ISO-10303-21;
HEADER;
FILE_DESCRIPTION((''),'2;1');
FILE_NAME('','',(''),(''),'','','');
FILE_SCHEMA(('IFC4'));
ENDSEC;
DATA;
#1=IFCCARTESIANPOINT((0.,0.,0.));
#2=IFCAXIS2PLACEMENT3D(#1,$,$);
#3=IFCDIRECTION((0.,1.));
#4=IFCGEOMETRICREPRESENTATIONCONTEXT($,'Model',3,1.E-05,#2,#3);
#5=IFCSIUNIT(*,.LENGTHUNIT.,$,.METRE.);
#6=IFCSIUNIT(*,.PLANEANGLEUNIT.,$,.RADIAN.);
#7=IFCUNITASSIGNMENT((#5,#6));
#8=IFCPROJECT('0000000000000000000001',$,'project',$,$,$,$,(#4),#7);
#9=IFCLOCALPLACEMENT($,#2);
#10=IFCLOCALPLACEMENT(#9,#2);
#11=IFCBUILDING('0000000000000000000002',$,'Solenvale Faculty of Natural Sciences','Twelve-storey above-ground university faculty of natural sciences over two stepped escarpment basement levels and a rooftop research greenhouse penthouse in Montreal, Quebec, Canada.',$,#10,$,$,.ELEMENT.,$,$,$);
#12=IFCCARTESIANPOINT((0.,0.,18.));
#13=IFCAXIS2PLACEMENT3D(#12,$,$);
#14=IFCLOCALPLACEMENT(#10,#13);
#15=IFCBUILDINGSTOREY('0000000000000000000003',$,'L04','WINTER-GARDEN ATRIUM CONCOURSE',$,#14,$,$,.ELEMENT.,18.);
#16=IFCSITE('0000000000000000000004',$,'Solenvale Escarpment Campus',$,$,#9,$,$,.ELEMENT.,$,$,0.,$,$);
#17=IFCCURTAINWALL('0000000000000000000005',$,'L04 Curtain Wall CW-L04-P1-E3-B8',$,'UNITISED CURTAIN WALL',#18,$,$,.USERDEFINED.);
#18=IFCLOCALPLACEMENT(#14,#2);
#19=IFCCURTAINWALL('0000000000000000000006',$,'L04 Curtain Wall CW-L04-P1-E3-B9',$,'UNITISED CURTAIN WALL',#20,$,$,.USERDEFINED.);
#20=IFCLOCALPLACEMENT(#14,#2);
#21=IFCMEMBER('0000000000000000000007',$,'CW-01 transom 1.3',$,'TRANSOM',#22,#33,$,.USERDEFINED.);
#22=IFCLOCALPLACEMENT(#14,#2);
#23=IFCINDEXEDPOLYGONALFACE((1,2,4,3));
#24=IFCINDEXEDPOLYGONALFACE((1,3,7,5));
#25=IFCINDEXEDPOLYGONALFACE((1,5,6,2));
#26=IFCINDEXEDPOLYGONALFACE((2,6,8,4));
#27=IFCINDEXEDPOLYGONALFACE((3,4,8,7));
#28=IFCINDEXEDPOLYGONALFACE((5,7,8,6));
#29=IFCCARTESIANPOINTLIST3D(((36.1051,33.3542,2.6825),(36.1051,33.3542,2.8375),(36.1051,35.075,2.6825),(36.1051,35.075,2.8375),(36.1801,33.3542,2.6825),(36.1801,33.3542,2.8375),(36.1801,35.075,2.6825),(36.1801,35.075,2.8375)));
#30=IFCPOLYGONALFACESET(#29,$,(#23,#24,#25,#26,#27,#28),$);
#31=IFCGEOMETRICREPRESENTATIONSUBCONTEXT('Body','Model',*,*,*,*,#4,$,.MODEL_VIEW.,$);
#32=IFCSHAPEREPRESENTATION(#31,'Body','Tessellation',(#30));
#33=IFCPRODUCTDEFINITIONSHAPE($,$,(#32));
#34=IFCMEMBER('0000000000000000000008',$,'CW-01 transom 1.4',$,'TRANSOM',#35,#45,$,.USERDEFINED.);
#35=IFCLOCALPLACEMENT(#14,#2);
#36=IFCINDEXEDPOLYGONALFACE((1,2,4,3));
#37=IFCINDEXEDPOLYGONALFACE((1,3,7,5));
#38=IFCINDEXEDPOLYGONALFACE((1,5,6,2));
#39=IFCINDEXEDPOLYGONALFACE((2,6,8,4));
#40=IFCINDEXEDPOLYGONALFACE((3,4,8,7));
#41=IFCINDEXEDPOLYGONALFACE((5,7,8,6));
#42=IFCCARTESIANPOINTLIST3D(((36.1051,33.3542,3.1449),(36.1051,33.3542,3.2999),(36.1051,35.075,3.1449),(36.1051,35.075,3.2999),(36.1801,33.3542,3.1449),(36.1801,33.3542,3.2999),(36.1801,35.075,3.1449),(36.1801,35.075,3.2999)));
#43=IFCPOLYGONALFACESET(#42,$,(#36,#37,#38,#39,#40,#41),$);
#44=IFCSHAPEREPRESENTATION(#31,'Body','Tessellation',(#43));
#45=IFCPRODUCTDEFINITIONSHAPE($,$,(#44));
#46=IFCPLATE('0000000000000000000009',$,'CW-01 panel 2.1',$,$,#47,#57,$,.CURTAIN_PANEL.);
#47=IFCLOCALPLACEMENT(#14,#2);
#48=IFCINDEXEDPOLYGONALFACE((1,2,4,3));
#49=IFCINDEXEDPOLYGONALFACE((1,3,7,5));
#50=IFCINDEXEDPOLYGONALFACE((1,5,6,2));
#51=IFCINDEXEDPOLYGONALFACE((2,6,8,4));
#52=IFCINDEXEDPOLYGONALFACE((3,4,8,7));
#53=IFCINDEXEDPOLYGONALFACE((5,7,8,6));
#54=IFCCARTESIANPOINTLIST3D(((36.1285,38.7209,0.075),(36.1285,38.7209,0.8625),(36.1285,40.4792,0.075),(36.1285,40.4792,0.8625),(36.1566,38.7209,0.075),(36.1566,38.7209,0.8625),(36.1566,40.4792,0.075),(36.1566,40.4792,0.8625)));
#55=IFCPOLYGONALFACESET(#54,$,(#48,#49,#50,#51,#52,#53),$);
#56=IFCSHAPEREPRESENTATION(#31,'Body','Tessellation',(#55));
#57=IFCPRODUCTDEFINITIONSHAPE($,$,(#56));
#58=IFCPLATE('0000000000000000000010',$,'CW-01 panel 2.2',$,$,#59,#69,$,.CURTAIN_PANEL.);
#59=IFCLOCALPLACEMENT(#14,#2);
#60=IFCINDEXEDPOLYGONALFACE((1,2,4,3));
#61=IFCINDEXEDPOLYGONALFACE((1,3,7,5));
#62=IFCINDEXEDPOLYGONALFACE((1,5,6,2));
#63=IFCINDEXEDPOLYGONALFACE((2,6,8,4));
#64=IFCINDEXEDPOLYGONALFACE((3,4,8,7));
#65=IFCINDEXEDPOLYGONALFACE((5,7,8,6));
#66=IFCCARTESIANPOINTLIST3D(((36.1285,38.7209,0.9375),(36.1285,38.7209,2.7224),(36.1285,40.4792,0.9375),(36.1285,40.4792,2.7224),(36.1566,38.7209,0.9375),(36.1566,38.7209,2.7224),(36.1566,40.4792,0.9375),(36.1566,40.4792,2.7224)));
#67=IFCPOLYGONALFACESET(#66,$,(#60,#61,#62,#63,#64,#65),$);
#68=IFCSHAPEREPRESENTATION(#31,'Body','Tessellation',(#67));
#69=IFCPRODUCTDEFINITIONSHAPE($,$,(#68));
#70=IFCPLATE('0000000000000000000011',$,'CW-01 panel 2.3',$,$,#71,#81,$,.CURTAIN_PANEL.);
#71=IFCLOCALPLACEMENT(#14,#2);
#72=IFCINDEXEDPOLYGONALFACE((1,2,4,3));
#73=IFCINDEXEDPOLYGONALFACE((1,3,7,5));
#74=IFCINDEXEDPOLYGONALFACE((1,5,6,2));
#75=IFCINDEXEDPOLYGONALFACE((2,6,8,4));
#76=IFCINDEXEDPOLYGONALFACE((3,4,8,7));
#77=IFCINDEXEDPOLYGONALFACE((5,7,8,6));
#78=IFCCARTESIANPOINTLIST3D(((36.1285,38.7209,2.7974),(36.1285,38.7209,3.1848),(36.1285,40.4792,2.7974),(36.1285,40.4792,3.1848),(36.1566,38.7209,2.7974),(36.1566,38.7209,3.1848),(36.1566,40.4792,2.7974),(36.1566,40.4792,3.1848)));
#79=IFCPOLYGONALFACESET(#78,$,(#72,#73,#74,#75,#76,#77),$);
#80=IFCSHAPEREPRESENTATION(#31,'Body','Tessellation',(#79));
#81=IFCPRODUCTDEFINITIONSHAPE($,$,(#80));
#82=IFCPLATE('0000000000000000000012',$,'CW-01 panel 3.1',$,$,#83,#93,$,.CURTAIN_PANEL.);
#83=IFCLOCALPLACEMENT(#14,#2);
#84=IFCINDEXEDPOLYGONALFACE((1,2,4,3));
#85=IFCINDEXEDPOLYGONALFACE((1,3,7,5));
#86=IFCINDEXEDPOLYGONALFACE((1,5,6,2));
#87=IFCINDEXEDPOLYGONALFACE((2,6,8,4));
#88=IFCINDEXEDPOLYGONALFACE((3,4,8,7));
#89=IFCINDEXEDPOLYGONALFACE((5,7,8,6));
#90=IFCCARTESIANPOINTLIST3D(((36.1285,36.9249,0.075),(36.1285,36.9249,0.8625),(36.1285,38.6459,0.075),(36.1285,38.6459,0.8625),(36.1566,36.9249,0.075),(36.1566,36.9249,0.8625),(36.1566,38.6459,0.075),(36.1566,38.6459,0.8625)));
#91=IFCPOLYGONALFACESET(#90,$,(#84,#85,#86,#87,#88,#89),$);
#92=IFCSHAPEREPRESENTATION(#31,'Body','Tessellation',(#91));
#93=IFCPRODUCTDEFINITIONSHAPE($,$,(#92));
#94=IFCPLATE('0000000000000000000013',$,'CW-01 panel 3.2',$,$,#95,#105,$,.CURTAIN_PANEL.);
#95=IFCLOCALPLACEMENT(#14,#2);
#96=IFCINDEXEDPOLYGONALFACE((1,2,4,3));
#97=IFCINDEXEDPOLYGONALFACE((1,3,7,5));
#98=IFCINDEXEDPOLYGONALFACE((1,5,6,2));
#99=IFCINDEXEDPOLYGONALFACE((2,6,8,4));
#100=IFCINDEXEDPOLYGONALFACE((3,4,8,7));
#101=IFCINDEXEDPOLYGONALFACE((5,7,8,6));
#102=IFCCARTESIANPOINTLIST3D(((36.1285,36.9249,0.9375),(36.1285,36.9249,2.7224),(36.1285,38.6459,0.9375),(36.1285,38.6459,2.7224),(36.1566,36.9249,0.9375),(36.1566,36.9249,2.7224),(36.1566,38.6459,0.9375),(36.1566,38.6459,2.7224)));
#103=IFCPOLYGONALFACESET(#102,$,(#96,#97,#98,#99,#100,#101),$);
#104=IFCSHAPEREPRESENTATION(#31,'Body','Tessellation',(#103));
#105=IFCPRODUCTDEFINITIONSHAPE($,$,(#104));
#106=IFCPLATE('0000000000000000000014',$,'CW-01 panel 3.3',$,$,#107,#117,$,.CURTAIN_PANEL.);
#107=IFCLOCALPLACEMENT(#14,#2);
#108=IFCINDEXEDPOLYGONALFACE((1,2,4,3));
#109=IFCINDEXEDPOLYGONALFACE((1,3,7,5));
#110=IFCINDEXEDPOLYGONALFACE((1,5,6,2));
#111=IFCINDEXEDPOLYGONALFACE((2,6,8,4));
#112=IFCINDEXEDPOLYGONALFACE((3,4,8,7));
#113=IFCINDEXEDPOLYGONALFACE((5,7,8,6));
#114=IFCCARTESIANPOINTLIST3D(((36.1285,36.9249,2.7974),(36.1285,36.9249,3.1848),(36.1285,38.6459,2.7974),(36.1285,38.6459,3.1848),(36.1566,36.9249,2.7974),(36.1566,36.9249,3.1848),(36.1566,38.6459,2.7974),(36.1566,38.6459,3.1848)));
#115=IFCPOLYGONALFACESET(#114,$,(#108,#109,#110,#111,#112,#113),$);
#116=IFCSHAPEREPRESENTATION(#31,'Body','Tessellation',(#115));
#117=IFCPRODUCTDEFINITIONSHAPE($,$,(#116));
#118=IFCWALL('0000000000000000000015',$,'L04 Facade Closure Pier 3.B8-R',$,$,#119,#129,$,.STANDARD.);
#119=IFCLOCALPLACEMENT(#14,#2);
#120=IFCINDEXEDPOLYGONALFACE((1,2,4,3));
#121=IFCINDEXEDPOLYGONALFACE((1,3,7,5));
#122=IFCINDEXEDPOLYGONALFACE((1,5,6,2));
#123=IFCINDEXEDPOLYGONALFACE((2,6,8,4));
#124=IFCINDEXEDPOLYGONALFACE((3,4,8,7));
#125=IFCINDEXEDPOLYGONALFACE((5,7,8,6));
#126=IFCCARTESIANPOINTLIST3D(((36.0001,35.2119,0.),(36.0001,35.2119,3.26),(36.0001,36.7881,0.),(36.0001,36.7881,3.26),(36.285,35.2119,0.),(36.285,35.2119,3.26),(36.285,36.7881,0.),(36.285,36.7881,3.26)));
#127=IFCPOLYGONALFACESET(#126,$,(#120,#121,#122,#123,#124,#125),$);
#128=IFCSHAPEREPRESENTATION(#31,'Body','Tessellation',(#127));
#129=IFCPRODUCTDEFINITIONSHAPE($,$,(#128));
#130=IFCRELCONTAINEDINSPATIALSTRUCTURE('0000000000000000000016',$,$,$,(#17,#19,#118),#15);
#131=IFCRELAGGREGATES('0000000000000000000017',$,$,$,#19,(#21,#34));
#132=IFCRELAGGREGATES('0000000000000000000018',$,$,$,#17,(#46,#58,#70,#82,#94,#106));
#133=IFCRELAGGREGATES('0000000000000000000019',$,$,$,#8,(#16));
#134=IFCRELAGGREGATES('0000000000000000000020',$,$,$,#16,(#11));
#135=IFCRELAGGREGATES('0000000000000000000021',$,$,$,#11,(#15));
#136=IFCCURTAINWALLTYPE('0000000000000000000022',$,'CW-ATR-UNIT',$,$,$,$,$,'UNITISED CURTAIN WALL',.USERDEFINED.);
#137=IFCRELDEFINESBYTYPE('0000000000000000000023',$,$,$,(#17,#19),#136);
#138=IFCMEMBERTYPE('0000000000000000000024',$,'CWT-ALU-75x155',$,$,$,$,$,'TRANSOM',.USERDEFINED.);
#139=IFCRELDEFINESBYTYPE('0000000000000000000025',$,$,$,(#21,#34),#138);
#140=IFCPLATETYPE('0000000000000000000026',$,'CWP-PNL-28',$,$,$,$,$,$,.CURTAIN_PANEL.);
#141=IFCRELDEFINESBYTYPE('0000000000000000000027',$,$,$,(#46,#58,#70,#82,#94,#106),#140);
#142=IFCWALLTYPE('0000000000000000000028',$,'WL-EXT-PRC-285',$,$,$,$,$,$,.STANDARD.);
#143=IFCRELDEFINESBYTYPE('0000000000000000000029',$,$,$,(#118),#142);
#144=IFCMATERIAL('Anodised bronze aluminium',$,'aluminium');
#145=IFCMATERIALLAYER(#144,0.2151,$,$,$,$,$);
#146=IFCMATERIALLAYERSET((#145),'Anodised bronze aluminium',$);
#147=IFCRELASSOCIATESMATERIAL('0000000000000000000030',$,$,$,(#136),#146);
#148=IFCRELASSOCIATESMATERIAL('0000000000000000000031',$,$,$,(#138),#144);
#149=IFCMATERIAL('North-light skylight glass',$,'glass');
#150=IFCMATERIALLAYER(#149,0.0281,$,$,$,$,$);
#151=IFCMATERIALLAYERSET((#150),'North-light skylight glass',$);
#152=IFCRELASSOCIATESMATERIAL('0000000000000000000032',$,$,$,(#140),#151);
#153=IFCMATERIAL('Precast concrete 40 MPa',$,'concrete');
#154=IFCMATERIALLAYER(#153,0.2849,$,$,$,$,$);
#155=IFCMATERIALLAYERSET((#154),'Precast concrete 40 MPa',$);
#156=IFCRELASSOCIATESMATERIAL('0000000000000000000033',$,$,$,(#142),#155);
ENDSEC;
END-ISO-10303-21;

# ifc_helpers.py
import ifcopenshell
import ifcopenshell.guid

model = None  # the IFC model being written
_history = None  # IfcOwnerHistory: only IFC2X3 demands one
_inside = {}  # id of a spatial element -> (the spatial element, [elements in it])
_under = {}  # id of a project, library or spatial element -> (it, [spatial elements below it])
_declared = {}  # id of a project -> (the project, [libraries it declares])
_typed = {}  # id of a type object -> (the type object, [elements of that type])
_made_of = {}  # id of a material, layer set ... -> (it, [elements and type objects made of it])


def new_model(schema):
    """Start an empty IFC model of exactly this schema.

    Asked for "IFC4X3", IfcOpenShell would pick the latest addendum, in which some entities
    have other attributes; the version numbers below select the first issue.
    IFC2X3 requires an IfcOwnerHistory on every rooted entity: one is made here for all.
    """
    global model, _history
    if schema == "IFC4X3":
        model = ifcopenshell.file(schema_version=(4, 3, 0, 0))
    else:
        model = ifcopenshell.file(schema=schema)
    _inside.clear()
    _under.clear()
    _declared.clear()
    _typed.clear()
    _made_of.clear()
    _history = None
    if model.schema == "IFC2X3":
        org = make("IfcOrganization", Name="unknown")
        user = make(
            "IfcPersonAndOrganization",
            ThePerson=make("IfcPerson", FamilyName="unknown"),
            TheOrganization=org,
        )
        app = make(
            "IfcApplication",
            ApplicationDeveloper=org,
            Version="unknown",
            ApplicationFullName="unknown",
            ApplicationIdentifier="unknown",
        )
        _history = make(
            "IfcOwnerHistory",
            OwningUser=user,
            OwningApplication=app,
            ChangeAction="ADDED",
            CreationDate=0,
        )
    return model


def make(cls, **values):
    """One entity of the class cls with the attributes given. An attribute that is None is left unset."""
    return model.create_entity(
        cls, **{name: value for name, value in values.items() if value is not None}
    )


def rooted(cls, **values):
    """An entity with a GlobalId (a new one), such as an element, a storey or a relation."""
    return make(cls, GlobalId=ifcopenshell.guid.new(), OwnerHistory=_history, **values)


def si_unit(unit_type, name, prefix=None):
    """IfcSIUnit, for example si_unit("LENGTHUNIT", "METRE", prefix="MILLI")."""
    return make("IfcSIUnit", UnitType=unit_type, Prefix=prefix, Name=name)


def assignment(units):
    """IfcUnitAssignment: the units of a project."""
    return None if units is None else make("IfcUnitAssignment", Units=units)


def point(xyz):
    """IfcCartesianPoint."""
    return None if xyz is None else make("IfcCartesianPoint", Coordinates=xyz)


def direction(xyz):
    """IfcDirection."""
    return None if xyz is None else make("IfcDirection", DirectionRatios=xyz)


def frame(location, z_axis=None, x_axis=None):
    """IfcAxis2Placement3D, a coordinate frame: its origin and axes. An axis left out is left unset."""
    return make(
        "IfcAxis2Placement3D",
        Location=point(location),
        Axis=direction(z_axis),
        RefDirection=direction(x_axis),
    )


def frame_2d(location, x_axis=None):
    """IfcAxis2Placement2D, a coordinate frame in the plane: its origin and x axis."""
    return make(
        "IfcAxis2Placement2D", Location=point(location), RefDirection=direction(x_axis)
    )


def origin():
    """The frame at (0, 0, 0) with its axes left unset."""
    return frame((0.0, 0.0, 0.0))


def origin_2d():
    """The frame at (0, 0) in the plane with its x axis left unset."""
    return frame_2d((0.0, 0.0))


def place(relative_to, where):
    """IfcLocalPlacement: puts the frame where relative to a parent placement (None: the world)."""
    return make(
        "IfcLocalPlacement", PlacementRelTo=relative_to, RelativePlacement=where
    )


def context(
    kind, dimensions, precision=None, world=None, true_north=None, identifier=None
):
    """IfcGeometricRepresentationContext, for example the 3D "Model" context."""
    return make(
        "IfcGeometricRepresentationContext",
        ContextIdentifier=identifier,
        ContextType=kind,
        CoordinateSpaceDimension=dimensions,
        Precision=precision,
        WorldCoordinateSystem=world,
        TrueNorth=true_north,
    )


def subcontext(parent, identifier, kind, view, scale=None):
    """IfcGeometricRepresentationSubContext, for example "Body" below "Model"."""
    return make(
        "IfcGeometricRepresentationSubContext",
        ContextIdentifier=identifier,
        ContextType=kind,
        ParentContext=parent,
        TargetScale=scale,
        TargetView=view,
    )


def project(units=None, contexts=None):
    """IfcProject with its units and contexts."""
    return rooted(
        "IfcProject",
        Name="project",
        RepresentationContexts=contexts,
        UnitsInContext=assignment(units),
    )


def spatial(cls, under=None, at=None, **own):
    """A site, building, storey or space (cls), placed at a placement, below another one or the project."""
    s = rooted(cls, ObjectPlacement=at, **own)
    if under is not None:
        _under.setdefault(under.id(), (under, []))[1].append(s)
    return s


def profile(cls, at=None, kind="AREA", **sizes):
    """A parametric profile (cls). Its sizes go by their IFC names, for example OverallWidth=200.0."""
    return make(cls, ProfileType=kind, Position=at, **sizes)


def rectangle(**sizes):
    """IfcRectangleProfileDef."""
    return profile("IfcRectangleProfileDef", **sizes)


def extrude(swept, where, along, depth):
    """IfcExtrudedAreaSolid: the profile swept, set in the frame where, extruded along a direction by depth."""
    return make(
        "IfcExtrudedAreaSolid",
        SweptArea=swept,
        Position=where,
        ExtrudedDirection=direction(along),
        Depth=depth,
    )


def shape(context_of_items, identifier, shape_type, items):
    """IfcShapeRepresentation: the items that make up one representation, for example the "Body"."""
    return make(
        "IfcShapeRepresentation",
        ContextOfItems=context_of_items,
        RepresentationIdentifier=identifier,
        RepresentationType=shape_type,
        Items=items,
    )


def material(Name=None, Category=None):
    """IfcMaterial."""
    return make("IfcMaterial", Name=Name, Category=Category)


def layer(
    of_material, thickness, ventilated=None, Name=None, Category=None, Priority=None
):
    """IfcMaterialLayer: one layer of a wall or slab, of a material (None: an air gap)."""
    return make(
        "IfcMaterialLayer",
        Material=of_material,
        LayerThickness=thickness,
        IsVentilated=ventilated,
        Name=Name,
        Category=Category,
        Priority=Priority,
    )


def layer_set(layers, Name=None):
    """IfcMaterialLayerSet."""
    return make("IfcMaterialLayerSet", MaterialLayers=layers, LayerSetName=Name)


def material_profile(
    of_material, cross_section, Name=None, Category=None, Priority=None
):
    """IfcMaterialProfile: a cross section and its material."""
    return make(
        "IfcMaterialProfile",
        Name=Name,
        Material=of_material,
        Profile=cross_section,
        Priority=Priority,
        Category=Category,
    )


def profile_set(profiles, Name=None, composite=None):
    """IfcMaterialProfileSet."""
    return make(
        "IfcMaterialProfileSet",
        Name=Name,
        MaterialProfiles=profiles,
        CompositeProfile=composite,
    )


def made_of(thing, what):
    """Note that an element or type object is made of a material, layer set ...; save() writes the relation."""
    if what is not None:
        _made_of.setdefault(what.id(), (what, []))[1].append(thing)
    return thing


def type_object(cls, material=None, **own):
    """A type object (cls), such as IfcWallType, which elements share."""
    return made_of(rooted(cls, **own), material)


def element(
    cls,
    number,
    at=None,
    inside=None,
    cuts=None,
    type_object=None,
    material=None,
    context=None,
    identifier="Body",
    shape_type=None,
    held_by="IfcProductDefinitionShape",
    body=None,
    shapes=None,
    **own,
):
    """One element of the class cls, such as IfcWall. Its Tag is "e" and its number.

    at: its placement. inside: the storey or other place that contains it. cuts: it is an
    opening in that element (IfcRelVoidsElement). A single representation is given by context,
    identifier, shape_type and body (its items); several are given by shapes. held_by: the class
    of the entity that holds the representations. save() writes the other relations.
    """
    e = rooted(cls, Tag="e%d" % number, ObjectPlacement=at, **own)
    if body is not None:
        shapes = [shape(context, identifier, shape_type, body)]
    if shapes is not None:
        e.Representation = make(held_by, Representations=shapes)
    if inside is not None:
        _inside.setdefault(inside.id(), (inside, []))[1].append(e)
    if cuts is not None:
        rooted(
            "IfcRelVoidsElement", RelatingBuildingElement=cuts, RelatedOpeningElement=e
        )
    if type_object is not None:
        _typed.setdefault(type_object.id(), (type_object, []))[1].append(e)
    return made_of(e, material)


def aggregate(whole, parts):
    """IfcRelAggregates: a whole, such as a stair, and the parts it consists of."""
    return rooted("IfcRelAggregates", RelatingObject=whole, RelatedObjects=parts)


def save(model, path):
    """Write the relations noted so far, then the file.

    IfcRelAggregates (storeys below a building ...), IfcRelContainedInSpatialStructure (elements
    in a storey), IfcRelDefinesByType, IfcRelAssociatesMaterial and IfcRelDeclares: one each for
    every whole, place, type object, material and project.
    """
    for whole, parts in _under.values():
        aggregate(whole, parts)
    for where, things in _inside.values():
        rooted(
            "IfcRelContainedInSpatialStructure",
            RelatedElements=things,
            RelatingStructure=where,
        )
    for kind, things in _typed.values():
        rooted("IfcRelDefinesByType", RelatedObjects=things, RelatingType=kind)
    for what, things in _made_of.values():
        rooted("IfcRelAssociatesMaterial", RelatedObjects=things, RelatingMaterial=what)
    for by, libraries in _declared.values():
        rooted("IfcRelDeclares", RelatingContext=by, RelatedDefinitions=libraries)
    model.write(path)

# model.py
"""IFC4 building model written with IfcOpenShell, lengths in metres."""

from ifc_helpers import new_model, si_unit, direction, frame, frame_2d, origin, origin_2d, place, context, subcontext, project, spatial, rectangle, extrude, material, layer, layer_set, material_profile, profile_set, type_object, element, aggregate, save


model = new_model("IFC4")

# Units and contexts
model_context = context("Model", 3, precision=1e-05, world=origin(), true_north=direction((0.0, 1.0)))
body_context = subcontext(model_context, "Body", "Model", "MODEL_VIEW")
ifc_project = project(units=[si_unit("LENGTHUNIT", "METRE"), si_unit("PLANEANGLEUNIT", "RADIAN")], contexts=[model_context])

# Site, building, storey
site_placement = place(None, origin())
site = spatial("IfcSite", under=ifc_project, at=site_placement, Name="Solenvale Escarpment Campus", CompositionType="ELEMENT", RefElevation=0.0)
building_placement = place(site_placement, origin())
building = spatial("IfcBuilding", under=site, at=building_placement, Name="Solenvale Faculty of Natural Sciences", Description="Twelve-storey above-ground university faculty of natural sciences over two stepped escarpment basement levels and a rooftop research greenhouse penthouse in Montreal, Quebec, Canada.", CompositionType="ELEMENT")
storey_placement = place(building_placement, frame((0.0, 0.0, 18.0)))
storey = spatial("IfcBuildingStorey", under=building, at=storey_placement, Name="L04", Description="WINTER-GARDEN ATRIUM CONCOURSE", CompositionType="ELEMENT", Elevation=18.0)

# Curtain wall
ifc_material_1 = material(Name="Anodised bronze aluminium", Category="aluminium")
ifc_layer_1 = layer(ifc_material_1, 0.2151)
ifc_layer_set_1 = layer_set([ifc_layer_1], Name="Anodised bronze aluminium")
curtain_wall_type = type_object("IfcCurtainWallType", Name="CW-ATR-UNIT", ElementType="UNITISED CURTAIN WALL", PredefinedType="USERDEFINED", material=ifc_layer_set_1)
curtain_wall_1_placement = place(storey_placement, origin())
curtain_wall_1 = element("IfcCurtainWall", 1, at=curtain_wall_1_placement, inside=storey, type_object=curtain_wall_type, Name="L04 Curtain Wall CW-L04-P1-E3-B8", ObjectType="UNITISED CURTAIN WALL", PredefinedType="USERDEFINED")

# Curtain wall
curtain_wall_2_placement = place(storey_placement, origin())
curtain_wall_2 = element("IfcCurtainWall", 2, at=curtain_wall_2_placement, inside=storey, type_object=curtain_wall_type, Name="L04 Curtain Wall CW-L04-P1-E3-B9", ObjectType="UNITISED CURTAIN WALL", PredefinedType="USERDEFINED")

# Members
ifc_material_profile_1 = material_profile(ifc_material_1, rectangle(XDim=0.075, YDim=0.155, at=origin_2d()), Name="ALU-TRN-75x155")
ifc_profile_set_1 = profile_set([ifc_material_profile_1], Name="Anodised bronze aluminium")
member_type_1 = type_object("IfcMemberType", Name="CWT-ALU-75x155", ElementType="TRANSOM", PredefinedType="USERDEFINED", material=ifc_profile_set_1)
member_1_placement = place(storey_placement, frame((36.1426, 35.075, 2.76), z_axis=(0.0, -1.0, 0.0), x_axis=(1.0, 0.0, 0.0)))
member_1 = element("IfcMember", 3, at=member_1_placement, type_object=member_type_1, Name="CW-01 transom 1.3", ObjectType="TRANSOM", PredefinedType="USERDEFINED", context=body_context, shape_type="SweptSolid", body=[
    extrude(rectangle(XDim=0.075, YDim=0.155, at=origin_2d()), origin(), (0.0, 0.0, 1.0), 1.7207),
])
member_2_placement = place(storey_placement, frame((36.1426, 35.075, 3.2224), z_axis=(0.0, -1.0, 0.0), x_axis=(1.0, 0.0, 0.0)))
member_2 = element("IfcMember", 4, at=member_2_placement, type_object=member_type_1, Name="CW-01 transom 1.4", ObjectType="TRANSOM", PredefinedType="USERDEFINED", context=body_context, shape_type="SweptSolid", body=[
    extrude(rectangle(XDim=0.075, YDim=0.155, at=origin_2d()), origin(), (0.0, 0.0, 1.0), 1.7207),
])
aggregate(curtain_wall_2, [member_1, member_2])

# Plates
ifc_material_2 = material(Name="North-light skylight glass", Category="glass")
ifc_layer_2 = layer(ifc_material_2, 0.0281)
ifc_layer_set_2 = layer_set([ifc_layer_2], Name="North-light skylight glass")
plate_type = type_object("IfcPlateType", Name="CWP-PNL-28", PredefinedType="CURTAIN_PANEL", material=ifc_layer_set_2)
plate_1_placement = place(storey_placement, frame((36.1426, 39.6001, 0.075), z_axis=(0.0, 0.0, 1.0), x_axis=(0.0, -1.0, 0.0)))
plate_1 = element("IfcPlate", 5, at=plate_1_placement, type_object=plate_type, Name="CW-01 panel 2.1", PredefinedType="CURTAIN_PANEL", context=body_context, shape_type="SweptSolid", body=[
    extrude(rectangle(XDim=1.7583, YDim=0.0281, at=origin_2d()), origin(), (0.0, 0.0, 1.0), 0.7876),
])
plate_2_placement = place(storey_placement, frame((36.1426, 39.6001, 0.9375), z_axis=(0.0, 0.0, 1.0), x_axis=(0.0, -1.0, 0.0)))
plate_2 = element("IfcPlate", 6, at=plate_2_placement, type_object=plate_type, Name="CW-01 panel 2.2", PredefinedType="CURTAIN_PANEL", context=body_context, shape_type="SweptSolid", body=[
    extrude(rectangle(XDim=1.7583, YDim=0.0281, at=origin_2d()), origin(), (0.0, 0.0, 1.0), 1.7849),
])
plate_3_placement = place(storey_placement, frame((36.1426, 39.6001, 2.7974), z_axis=(0.0, 0.0, 1.0), x_axis=(0.0, -1.0, 0.0)))
plate_3 = element("IfcPlate", 7, at=plate_3_placement, type_object=plate_type, Name="CW-01 panel 2.3", PredefinedType="CURTAIN_PANEL", context=body_context, shape_type="SweptSolid", body=[
    extrude(rectangle(XDim=1.7583, YDim=0.0281, at=origin_2d()), origin(), (0.0, 0.0, 1.0), 0.3875),
])
plate_4_placement = place(storey_placement, frame((36.1426, 37.7854, 0.075), z_axis=(0.0, 0.0, 1.0), x_axis=(0.0, -1.0, 0.0)))
plate_4 = element("IfcPlate", 8, at=plate_4_placement, type_object=plate_type, Name="CW-01 panel 3.1", PredefinedType="CURTAIN_PANEL", context=body_context, shape_type="SweptSolid", body=[
    extrude(rectangle(XDim=1.7209, YDim=0.0281, at=origin_2d()), origin(), (0.0, 0.0, 1.0), 0.7876),
])
plate_5_placement = place(storey_placement, frame((36.1426, 37.7854, 0.9375), z_axis=(0.0, 0.0, 1.0), x_axis=(0.0, -1.0, 0.0)))
plate_5 = element("IfcPlate", 9, at=plate_5_placement, type_object=plate_type, Name="CW-01 panel 3.2", PredefinedType="CURTAIN_PANEL", context=body_context, shape_type="SweptSolid", body=[
    extrude(rectangle(XDim=1.7209, YDim=0.0281, at=origin_2d()), origin(), (0.0, 0.0, 1.0), 1.7849),
])
plate_6_placement = place(storey_placement, frame((36.1426, 37.7854, 2.7974), z_axis=(0.0, 0.0, 1.0), x_axis=(0.0, -1.0, 0.0)))
plate_6 = element("IfcPlate", 10, at=plate_6_placement, type_object=plate_type, Name="CW-01 panel 3.3", PredefinedType="CURTAIN_PANEL", context=body_context, shape_type="SweptSolid", body=[
    extrude(rectangle(XDim=1.7209, YDim=0.0281, at=origin_2d()), origin(), (0.0, 0.0, 1.0), 0.3875),
])
aggregate(curtain_wall_1, [plate_1, plate_2, plate_3, plate_4, plate_5, plate_6])

# Wall
ifc_material_3 = material(Name="Precast concrete 40 MPa", Category="concrete")
ifc_layer_3 = layer(ifc_material_3, 0.2849)
ifc_layer_set_3 = layer_set([ifc_layer_3], Name="Precast concrete 40 MPa")
wall_type = type_object("IfcWallType", Name="WL-EXT-PRC-285", PredefinedType="STANDARD", material=ifc_layer_set_3)
wall_placement = place(storey_placement, frame((36.1426, 36.7881, 0.0), z_axis=(0.0, 0.0, 1.0), x_axis=(0.0, -1.0, 0.0)))
element("IfcWall", 11, at=wall_placement, inside=storey, type_object=wall_type, Name="L04 Facade Closure Pier 3.B8-R", PredefinedType="STANDARD", context=body_context, shape_type="SweptSolid", body=[
    extrude(rectangle(XDim=1.5762, YDim=0.2849, at=frame_2d((0.7881, 0.0))), origin(), (0.0, 0.0, 1.0), 3.26),
])

save(model, "model.ifc")
